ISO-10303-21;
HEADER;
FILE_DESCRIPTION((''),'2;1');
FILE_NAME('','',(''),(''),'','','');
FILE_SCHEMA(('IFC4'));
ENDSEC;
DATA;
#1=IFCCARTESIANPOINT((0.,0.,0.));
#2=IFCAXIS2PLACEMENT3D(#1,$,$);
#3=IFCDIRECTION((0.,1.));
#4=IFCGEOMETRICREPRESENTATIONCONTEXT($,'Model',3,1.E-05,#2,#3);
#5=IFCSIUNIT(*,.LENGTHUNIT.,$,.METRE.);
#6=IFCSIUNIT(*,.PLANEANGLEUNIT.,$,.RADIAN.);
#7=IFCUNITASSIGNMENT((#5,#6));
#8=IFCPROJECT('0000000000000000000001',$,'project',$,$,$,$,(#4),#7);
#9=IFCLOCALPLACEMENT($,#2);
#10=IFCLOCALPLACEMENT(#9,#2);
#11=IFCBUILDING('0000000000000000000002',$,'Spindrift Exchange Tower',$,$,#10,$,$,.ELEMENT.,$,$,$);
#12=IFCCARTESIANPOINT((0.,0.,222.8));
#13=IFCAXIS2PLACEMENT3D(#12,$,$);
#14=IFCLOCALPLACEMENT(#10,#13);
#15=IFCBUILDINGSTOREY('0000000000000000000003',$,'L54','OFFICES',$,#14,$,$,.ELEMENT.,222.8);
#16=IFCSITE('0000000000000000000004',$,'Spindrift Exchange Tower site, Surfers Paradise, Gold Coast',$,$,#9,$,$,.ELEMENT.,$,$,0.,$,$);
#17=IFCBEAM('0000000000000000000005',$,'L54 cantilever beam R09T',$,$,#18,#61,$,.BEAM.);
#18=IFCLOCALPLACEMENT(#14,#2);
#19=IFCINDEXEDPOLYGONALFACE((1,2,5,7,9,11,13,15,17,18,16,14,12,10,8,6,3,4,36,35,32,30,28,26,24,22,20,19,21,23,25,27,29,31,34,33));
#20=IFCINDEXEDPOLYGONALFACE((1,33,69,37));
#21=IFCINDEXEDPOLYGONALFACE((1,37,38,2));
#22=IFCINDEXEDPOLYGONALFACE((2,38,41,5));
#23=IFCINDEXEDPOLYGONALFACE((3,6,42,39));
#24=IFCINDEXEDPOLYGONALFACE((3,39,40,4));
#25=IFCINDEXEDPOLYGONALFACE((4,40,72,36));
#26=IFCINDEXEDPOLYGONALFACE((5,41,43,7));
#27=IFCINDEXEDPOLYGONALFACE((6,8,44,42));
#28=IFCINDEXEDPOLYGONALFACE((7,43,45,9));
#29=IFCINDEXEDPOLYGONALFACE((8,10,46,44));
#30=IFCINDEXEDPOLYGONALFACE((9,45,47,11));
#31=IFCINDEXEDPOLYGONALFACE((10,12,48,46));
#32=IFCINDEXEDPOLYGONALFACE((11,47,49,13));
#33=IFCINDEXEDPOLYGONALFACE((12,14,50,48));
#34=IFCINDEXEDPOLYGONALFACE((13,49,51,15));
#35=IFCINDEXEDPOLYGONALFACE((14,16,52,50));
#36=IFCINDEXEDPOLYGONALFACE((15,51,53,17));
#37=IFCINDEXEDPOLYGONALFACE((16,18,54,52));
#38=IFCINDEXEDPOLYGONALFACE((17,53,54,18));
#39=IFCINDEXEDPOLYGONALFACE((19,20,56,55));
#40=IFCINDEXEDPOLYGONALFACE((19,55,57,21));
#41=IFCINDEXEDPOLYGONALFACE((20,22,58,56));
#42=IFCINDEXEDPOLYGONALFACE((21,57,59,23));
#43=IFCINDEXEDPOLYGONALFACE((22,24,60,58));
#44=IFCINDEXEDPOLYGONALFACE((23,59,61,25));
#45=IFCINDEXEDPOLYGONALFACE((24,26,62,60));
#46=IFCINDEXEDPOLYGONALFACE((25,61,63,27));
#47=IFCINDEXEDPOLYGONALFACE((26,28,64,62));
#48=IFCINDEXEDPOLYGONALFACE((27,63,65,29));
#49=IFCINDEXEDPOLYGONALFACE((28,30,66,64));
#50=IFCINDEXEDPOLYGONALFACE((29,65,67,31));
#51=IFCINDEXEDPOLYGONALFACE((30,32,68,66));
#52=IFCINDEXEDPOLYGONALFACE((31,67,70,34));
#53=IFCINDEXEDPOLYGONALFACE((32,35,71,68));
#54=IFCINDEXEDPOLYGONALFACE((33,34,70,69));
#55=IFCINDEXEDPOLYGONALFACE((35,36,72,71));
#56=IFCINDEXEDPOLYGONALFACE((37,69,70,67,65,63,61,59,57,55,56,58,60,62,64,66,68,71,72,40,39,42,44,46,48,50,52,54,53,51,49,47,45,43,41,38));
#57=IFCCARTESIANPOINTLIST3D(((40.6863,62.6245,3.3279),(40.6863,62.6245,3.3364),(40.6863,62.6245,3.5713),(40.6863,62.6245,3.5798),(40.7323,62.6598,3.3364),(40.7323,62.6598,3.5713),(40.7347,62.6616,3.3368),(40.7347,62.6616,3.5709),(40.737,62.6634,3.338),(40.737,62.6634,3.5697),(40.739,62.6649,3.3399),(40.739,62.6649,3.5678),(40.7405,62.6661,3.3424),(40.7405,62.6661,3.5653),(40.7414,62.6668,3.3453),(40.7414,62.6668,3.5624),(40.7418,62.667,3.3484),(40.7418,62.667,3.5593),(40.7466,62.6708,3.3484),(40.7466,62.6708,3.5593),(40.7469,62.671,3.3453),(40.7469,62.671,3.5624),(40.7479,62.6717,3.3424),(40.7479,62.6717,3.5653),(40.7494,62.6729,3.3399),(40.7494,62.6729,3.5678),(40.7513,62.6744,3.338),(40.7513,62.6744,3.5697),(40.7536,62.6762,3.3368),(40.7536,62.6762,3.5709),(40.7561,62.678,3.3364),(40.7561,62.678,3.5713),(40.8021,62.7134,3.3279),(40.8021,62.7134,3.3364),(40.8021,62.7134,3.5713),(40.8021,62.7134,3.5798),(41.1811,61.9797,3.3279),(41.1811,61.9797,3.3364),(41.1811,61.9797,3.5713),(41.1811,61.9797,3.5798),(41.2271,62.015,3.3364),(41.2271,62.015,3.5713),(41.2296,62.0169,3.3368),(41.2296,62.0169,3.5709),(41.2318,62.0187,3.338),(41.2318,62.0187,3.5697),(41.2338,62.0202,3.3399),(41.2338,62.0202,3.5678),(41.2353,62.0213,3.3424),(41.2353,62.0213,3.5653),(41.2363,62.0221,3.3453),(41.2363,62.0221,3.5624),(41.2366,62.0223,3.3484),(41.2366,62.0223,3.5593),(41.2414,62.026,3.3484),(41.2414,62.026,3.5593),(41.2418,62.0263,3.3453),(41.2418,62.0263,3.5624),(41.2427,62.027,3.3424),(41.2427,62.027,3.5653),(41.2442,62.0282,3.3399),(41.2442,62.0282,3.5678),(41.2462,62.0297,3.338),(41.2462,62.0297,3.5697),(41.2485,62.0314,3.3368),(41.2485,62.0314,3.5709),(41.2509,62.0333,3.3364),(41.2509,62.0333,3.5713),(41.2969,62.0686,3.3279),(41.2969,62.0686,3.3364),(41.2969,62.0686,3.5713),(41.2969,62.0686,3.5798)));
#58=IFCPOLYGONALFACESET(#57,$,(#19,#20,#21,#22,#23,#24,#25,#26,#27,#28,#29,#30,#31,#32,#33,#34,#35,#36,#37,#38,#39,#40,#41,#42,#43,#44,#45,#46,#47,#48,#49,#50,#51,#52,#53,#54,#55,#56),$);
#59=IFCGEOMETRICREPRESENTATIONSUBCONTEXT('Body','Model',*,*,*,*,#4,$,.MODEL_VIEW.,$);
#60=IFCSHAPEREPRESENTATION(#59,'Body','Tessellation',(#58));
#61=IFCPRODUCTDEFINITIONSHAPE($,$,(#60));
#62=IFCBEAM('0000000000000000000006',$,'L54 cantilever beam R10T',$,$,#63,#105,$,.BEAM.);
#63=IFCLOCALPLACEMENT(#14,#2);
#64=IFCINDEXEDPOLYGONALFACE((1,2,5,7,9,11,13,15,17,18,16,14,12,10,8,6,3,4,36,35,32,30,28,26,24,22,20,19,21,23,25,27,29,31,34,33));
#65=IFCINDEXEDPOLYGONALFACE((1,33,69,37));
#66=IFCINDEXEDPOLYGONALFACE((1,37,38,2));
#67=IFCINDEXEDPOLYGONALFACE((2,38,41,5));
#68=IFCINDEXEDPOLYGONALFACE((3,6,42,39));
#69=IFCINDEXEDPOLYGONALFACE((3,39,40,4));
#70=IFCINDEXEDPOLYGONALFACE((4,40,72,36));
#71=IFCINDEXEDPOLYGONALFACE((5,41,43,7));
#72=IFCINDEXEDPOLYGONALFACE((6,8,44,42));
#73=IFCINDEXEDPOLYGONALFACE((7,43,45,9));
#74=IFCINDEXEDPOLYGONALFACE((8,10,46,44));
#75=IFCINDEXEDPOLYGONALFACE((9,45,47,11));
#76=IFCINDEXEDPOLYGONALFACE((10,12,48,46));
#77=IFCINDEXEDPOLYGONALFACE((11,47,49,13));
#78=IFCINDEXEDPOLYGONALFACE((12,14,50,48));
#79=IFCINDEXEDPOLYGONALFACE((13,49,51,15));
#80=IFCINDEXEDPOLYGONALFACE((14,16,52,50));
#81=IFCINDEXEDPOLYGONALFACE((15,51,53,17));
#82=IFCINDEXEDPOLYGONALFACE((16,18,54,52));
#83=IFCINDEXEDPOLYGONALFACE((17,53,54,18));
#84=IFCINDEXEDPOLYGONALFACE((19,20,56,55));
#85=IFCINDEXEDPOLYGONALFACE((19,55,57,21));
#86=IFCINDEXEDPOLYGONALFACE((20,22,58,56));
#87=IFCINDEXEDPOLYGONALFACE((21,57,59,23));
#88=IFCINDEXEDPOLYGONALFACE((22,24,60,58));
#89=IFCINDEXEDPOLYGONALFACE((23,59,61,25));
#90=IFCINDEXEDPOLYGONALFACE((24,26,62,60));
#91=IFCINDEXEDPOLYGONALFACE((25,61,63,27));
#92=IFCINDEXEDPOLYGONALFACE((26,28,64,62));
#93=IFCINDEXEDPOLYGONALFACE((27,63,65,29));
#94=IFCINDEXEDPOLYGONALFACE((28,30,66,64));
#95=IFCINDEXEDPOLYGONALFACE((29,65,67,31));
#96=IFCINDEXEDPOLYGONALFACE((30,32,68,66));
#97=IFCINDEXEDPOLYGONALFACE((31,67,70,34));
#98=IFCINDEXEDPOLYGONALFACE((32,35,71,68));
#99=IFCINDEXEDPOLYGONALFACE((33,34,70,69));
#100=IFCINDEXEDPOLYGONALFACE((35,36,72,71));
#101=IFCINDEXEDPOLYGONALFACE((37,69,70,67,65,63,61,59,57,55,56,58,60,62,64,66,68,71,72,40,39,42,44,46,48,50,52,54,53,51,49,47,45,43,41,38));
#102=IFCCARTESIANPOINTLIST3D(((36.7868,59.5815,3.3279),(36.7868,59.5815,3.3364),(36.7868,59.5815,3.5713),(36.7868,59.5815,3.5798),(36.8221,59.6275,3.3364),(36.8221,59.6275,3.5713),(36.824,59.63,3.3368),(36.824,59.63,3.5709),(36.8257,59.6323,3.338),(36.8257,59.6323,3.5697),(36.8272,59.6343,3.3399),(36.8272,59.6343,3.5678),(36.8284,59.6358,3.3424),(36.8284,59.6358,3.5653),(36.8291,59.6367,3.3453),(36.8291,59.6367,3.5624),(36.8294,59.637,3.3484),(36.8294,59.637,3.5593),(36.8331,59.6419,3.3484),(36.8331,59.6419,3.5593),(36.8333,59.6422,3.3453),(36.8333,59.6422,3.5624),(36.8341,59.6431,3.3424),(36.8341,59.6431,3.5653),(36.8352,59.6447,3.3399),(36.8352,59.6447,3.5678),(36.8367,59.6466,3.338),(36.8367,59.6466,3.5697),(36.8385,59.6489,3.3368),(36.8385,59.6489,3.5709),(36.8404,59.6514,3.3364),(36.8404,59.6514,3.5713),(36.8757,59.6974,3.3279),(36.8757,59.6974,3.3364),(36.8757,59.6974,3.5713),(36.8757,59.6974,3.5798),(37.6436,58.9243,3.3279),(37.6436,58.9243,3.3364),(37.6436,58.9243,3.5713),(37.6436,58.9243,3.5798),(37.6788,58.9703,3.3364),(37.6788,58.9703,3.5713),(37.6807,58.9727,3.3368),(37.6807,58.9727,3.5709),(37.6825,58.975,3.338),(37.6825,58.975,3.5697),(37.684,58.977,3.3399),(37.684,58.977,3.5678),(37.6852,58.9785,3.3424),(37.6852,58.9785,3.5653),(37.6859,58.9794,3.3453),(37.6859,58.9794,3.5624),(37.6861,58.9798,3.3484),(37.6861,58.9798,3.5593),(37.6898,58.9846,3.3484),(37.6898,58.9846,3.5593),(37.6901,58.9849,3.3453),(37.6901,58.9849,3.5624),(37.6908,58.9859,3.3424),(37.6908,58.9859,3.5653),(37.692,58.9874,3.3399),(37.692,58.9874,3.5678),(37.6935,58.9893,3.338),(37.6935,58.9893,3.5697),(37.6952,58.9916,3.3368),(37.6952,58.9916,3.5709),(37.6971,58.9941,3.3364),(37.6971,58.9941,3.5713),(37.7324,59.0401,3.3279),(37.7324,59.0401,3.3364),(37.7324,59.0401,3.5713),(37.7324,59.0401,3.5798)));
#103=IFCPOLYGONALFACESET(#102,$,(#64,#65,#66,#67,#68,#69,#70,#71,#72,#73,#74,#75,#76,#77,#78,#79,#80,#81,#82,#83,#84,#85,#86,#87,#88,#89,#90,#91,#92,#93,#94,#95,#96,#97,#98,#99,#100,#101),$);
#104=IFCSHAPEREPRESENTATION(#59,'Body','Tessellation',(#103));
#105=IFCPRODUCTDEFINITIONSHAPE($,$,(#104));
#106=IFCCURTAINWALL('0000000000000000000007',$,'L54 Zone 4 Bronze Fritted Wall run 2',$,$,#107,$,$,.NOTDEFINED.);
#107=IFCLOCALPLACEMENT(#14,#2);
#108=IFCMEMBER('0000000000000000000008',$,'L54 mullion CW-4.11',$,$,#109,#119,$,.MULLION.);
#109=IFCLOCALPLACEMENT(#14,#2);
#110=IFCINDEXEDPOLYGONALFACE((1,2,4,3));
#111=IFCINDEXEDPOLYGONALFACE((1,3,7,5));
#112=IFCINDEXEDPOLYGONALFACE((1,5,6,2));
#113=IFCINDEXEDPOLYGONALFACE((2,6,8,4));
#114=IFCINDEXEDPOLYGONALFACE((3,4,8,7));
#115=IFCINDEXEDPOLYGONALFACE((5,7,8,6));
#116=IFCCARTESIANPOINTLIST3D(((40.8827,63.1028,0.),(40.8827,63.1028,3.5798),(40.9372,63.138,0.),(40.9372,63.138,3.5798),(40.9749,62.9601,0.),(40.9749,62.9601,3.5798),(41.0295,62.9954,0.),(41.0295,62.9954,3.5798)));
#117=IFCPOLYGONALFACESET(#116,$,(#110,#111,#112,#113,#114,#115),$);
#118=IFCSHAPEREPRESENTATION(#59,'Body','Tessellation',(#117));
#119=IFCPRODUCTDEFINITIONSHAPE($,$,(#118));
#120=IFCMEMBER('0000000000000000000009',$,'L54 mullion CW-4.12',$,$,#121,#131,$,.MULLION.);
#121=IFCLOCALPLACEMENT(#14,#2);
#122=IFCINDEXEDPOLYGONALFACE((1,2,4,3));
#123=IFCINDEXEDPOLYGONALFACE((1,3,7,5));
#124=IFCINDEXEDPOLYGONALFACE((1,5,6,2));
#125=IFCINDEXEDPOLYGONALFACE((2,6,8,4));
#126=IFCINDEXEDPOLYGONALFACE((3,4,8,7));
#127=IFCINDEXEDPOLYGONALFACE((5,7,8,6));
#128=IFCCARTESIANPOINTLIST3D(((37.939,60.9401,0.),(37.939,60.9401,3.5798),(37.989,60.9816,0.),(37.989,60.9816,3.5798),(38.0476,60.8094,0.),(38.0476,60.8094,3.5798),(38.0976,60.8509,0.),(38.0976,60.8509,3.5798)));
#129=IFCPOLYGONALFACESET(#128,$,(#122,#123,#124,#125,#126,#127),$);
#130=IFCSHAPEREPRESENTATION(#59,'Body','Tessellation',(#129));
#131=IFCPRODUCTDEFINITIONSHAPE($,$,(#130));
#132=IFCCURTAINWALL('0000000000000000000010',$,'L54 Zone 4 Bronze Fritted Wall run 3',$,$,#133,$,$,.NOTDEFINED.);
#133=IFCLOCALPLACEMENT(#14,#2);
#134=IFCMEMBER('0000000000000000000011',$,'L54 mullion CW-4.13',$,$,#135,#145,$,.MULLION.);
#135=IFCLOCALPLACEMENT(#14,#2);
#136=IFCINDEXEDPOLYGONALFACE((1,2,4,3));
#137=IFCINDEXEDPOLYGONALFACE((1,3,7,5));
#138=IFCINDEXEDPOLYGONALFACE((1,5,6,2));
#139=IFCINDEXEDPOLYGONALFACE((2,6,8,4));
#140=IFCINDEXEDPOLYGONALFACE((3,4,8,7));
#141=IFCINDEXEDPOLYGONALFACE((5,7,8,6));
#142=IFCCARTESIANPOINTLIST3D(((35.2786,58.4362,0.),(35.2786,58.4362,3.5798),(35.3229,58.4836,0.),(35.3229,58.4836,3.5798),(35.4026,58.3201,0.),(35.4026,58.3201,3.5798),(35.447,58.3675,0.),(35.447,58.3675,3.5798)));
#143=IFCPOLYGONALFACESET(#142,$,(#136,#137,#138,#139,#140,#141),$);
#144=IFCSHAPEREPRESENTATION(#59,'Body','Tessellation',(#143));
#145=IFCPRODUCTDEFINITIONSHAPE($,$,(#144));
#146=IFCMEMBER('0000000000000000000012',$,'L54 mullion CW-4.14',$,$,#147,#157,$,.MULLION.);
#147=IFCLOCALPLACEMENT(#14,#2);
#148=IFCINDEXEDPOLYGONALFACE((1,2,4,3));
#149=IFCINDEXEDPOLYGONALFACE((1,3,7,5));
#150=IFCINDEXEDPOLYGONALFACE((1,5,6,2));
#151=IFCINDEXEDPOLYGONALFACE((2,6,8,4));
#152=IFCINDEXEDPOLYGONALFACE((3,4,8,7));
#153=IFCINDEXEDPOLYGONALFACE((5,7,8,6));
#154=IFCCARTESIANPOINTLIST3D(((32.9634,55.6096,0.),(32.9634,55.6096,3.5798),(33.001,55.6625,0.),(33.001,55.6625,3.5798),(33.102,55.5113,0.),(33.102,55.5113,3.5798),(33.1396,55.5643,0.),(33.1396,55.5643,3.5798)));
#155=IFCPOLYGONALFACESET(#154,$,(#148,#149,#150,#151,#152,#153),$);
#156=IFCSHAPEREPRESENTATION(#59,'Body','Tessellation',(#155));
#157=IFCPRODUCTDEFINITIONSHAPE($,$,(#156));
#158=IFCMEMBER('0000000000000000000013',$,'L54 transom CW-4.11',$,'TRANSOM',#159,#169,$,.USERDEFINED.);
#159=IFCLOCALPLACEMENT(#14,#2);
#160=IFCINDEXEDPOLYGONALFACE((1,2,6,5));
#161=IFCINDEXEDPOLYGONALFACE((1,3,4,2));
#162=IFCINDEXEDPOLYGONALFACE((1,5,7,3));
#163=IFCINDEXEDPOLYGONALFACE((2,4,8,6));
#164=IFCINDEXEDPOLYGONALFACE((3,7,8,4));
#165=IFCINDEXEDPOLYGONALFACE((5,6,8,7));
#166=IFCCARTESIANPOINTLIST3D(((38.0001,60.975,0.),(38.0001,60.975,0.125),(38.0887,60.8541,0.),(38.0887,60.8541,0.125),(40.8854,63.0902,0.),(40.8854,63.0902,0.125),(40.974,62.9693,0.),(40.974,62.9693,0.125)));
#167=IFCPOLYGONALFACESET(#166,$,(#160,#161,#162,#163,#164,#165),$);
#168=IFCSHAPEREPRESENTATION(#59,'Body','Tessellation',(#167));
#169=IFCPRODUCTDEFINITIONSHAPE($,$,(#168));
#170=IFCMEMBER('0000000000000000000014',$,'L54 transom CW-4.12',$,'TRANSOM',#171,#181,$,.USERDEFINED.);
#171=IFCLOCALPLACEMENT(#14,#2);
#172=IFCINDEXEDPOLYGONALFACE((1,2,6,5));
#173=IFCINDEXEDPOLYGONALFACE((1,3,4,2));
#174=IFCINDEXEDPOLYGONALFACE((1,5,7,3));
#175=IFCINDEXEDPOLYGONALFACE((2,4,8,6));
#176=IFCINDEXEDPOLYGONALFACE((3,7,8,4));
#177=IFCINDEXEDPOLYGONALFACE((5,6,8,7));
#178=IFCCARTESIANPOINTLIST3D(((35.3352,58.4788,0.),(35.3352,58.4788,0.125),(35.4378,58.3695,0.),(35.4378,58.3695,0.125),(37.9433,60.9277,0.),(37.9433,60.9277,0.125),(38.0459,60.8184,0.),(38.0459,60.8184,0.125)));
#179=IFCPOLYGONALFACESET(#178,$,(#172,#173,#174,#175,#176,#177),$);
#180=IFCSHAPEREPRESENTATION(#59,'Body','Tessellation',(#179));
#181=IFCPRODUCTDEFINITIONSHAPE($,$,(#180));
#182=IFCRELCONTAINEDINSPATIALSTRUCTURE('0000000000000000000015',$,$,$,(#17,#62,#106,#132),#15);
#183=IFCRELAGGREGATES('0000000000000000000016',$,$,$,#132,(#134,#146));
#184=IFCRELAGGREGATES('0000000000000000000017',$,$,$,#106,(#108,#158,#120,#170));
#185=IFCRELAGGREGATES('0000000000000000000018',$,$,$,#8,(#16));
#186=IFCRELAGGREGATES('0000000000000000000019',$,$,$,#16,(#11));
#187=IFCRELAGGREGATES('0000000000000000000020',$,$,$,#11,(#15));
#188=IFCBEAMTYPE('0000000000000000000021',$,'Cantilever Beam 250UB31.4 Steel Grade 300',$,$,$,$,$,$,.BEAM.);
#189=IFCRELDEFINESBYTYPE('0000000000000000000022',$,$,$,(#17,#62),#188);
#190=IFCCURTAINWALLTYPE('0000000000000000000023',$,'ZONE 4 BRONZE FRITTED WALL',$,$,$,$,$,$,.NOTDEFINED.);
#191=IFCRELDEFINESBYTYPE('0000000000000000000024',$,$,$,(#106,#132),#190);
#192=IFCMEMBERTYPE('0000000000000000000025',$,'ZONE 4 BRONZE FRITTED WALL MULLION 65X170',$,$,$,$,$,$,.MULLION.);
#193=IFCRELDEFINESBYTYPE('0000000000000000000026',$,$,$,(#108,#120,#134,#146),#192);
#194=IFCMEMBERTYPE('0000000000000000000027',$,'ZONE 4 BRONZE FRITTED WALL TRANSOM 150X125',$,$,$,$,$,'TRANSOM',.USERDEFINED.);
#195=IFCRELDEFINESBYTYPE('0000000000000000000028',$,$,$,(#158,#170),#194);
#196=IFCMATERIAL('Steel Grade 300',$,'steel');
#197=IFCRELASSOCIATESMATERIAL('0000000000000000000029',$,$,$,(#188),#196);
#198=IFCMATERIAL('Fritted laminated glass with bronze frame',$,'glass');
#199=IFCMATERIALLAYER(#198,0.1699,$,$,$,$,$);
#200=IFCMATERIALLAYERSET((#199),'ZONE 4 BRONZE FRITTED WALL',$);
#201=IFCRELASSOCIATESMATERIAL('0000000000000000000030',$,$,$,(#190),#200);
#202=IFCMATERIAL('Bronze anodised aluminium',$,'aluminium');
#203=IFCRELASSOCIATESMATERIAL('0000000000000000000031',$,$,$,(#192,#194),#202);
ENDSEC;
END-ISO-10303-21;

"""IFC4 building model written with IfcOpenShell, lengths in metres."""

from ifc_helpers import new_model, si_unit, direction, frame, origin, origin_2d, place, context, subcontext, project, spatial, rectangle, i_section, extrude, source, transform, mapped, material, layer, layer_set, material_profile, profile_set, type_object, element, aggregate, save


model = new_model("IFC4")

# Units and contexts
model_context = context("Model", 3, precision=1e-05, world=origin(), true_north=direction((0.0, 1.0)))
body_context = subcontext(model_context, "Body", "Model", "MODEL_VIEW")
ifc_project = project(units=[si_unit("LENGTHUNIT", "METRE"), si_unit("PLANEANGLEUNIT", "RADIAN")], contexts=[model_context])

# Site, building, storey
site_placement = place(None, origin())
site = spatial("IfcSite", under=ifc_project, at=site_placement, Name="Spindrift Exchange Tower site, Surfers Paradise, Gold Coast", CompositionType="ELEMENT", RefElevation=0.0)
building_placement = place(site_placement, origin())
building = spatial("IfcBuilding", under=site, at=building_placement, Name="Spindrift Exchange Tower", CompositionType="ELEMENT")
storey_placement = place(building_placement, frame((0.0, 0.0, 222.8)))
storey = spatial("IfcBuildingStorey", under=building, at=storey_placement, Name="L54", Description="OFFICES", CompositionType="ELEMENT", Elevation=222.8)

# Beams
ifc_material_1 = material(Name="Steel Grade 300", Category="steel")
ifc_material_profile_1 = material_profile(ifc_material_1, i_section(OverallWidth=0.146, OverallDepth=0.252, WebThickness=0.0061, FlangeThickness=0.0085, FilletRadius=0.012, at=origin_2d()), Name="250UB31.4")
ifc_profile_set_1 = profile_set([ifc_material_profile_1], Name="Steel Grade 300")
beam_type_1 = type_object("IfcBeamType", Name="Cantilever Beam 250UB31.4 Steel Grade 300", PredefinedType="BEAM", material=ifc_profile_set_1)
shared_shape_1 = source(origin(), body_context, "Body", "SweptSolid", [
    extrude(i_section(OverallWidth=0.146, OverallDepth=0.252, WebThickness=0.0061, FlangeThickness=0.0085, FilletRadius=0.012, at=origin_2d()), origin(), (0.0, 0.0, 1.0), 0.8127),
])
beam_1_placement = place(storey_placement, frame((41.239, 62.0242, 3.4539), z_axis=(-0.608854, 0.793282, 0.0), x_axis=(-0.793282, -0.608854, 0.0)))
element("IfcBeam", 1, at=beam_1_placement, inside=storey, type_object=beam_type_1, Name="L54 cantilever beam R09T", PredefinedType="BEAM", context=body_context, shape_type="MappedRepresentation", body=[
    mapped(shared_shape_1, transform((0.0, 0.0, 0.0), scale=1.0)),
])
shared_shape_2 = source(origin(), body_context, "Body", "SweptSolid", [
    extrude(i_section(OverallWidth=0.146, OverallDepth=0.252, WebThickness=0.0061, FlangeThickness=0.0085, FilletRadius=0.012, at=origin_2d()), origin(), (0.0, 0.0, 1.0), 1.0798),
])
beam_2_placement = place(storey_placement, frame((37.688, 58.9822, 3.4539), z_axis=(-0.793413, 0.608683, 0.0), x_axis=(-0.608683, -0.793413, 0.0)))
element("IfcBeam", 2, at=beam_2_placement, inside=storey, type_object=beam_type_1, Name="L54 cantilever beam R10T", PredefinedType="BEAM", context=body_context, shape_type="MappedRepresentation", body=[
    mapped(shared_shape_2, transform((0.0, 0.0, 0.0), scale=1.0)),
])

# Curtain walls, members
ifc_material_2 = material(Name="Fritted laminated glass with bronze frame", Category="glass")
ifc_layer_1 = layer(ifc_material_2, 0.1699)
ifc_layer_set_1 = layer_set([ifc_layer_1], Name="ZONE 4 BRONZE FRITTED WALL")
curtain_wall_type = type_object("IfcCurtainWallType", Name="ZONE 4 BRONZE FRITTED WALL", PredefinedType="NOTDEFINED", material=ifc_layer_set_1)
curtain_wall_1_placement = place(storey_placement, origin())
curtain_wall_1 = element("IfcCurtainWall", 3, at=curtain_wall_1_placement, inside=storey, type_object=curtain_wall_type, Name="L54 Zone 4 Bronze Fritted Wall run 2", PredefinedType="NOTDEFINED")
ifc_material_3 = material(Name="Bronze anodised aluminium", Category="aluminium")
ifc_material_profile_2 = material_profile(ifc_material_3, rectangle(XDim=0.0649, YDim=0.1699, at=origin_2d()), Name="ZONE 4 BRONZE FRITTED WALL MULLION 65X170")
ifc_profile_set_2 = profile_set([ifc_material_profile_2], Name="Bronze anodised aluminium")
member_type_1 = type_object("IfcMemberType", Name="ZONE 4 BRONZE FRITTED WALL MULLION 65X170", PredefinedType="MULLION", material=ifc_profile_set_2)
shared_shape_3 = source(origin(), body_context, "Body", "SweptSolid", [
    extrude(rectangle(XDim=0.0649, YDim=0.1699, at=origin_2d()), origin(), (0.0, 0.0, 1.0), 3.5798),
])
member_1_placement = place(storey_placement, frame((40.9561, 63.0491, 0.0), z_axis=(0.0, 0.0, 1.0), x_axis=(-0.839746, -0.54298, 0.0)))
member_1 = element("IfcMember", 4, at=member_1_placement, type_object=member_type_1, Name="L54 mullion CW-4.11", PredefinedType="MULLION", context=body_context, shape_type="MappedRepresentation", body=[
    mapped(shared_shape_3, transform((0.0, 0.0, 0.0), scale=1.0)),
])
member_2_placement = place(storey_placement, frame((38.0183, 60.8955, 0.0), z_axis=(0.0, 0.0, 1.0), x_axis=(-0.769141, -0.639079, 0.0)))
member_2 = element("IfcMember", 5, at=member_2_placement, type_object=member_type_1, Name="L54 mullion CW-4.12", PredefinedType="MULLION", context=body_context, shape_type="MappedRepresentation", body=[
    mapped(shared_shape_3, transform((0.0, 0.0, 0.0), scale=1.0)),
])
curtain_wall_2_placement = place(storey_placement, origin())
curtain_wall_2 = element("IfcCurtainWall", 6, at=curtain_wall_2_placement, inside=storey, type_object=curtain_wall_type, Name="L54 Zone 4 Bronze Fritted Wall run 3", PredefinedType="NOTDEFINED")
member_3_placement = place(storey_placement, frame((35.3628, 58.4019, 0.0), z_axis=(0.0, 0.0, 1.0), x_axis=(-0.683204, -0.730228, 0.0)))
member_3 = element("IfcMember", 7, at=member_3_placement, type_object=member_type_1, Name="L54 mullion CW-4.13", PredefinedType="MULLION", context=body_context, shape_type="MappedRepresentation", body=[
    mapped(shared_shape_3, transform((0.0, 0.0, 0.0), scale=1.0)),
])
member_4_placement = place(storey_placement, frame((33.0515, 55.5869, 0.0), z_axis=(0.0, 0.0, 1.0), x_axis=(-0.578392, -0.815759, 0.0)))
member_4 = element("IfcMember", 8, at=member_4_placement, type_object=member_type_1, Name="L54 mullion CW-4.14", PredefinedType="MULLION", context=body_context, shape_type="MappedRepresentation", body=[
    mapped(shared_shape_3, transform((0.0, 0.0, 0.0), scale=1.0)),
])

# Members
ifc_material_profile_3 = material_profile(ifc_material_3, rectangle(XDim=0.1499, YDim=0.125, at=origin_2d()), Name="ZONE 4 BRONZE FRITTED WALL TRANSOM 150X125")
ifc_profile_set_3 = profile_set([ifc_material_profile_3], Name="Bronze anodised aluminium")
member_type_2 = type_object("IfcMemberType", Name="ZONE 4 BRONZE FRITTED WALL TRANSOM 150X125", ElementType="TRANSOM", PredefinedType="USERDEFINED", material=ifc_profile_set_3)
shared_shape_4 = source(origin(), body_context, "Body", "SweptSolid", [
    extrude(rectangle(XDim=0.1499, YDim=0.125, at=origin_2d()), origin(), (0.0, 0.0, 1.0), 3.5776),
])
member_5_placement = place(storey_placement, frame((40.9297, 63.0298, 0.0625), z_axis=(-0.806487, -0.591251, 0.0), x_axis=(0.591251, -0.806487, 0.0)))
member_5 = element("IfcMember", 9, at=member_5_placement, type_object=member_type_2, Name="L54 transom CW-4.11", ObjectType="TRANSOM", PredefinedType="USERDEFINED", context=body_context, shape_type="MappedRepresentation", body=[
    mapped(shared_shape_4, transform((0.0, 0.0, 0.0), scale=1.0)),
])
member_6_placement = place(storey_placement, frame((37.9946, 60.873, 0.0625), z_axis=(-0.729003, -0.684511, 0.0), x_axis=(0.684511, -0.729003, 0.0)))
member_6 = element("IfcMember", 10, at=member_6_placement, type_object=member_type_2, Name="L54 transom CW-4.12", ObjectType="TRANSOM", PredefinedType="USERDEFINED", context=body_context, shape_type="MappedRepresentation", body=[
    mapped(shared_shape_4, transform((0.0, 0.0, 0.0), scale=1.0)),
])

aggregate(curtain_wall_2, [member_3, member_4])
aggregate(curtain_wall_1, [member_1, member_5, member_2, member_6])

save(model, "model.ifc")
